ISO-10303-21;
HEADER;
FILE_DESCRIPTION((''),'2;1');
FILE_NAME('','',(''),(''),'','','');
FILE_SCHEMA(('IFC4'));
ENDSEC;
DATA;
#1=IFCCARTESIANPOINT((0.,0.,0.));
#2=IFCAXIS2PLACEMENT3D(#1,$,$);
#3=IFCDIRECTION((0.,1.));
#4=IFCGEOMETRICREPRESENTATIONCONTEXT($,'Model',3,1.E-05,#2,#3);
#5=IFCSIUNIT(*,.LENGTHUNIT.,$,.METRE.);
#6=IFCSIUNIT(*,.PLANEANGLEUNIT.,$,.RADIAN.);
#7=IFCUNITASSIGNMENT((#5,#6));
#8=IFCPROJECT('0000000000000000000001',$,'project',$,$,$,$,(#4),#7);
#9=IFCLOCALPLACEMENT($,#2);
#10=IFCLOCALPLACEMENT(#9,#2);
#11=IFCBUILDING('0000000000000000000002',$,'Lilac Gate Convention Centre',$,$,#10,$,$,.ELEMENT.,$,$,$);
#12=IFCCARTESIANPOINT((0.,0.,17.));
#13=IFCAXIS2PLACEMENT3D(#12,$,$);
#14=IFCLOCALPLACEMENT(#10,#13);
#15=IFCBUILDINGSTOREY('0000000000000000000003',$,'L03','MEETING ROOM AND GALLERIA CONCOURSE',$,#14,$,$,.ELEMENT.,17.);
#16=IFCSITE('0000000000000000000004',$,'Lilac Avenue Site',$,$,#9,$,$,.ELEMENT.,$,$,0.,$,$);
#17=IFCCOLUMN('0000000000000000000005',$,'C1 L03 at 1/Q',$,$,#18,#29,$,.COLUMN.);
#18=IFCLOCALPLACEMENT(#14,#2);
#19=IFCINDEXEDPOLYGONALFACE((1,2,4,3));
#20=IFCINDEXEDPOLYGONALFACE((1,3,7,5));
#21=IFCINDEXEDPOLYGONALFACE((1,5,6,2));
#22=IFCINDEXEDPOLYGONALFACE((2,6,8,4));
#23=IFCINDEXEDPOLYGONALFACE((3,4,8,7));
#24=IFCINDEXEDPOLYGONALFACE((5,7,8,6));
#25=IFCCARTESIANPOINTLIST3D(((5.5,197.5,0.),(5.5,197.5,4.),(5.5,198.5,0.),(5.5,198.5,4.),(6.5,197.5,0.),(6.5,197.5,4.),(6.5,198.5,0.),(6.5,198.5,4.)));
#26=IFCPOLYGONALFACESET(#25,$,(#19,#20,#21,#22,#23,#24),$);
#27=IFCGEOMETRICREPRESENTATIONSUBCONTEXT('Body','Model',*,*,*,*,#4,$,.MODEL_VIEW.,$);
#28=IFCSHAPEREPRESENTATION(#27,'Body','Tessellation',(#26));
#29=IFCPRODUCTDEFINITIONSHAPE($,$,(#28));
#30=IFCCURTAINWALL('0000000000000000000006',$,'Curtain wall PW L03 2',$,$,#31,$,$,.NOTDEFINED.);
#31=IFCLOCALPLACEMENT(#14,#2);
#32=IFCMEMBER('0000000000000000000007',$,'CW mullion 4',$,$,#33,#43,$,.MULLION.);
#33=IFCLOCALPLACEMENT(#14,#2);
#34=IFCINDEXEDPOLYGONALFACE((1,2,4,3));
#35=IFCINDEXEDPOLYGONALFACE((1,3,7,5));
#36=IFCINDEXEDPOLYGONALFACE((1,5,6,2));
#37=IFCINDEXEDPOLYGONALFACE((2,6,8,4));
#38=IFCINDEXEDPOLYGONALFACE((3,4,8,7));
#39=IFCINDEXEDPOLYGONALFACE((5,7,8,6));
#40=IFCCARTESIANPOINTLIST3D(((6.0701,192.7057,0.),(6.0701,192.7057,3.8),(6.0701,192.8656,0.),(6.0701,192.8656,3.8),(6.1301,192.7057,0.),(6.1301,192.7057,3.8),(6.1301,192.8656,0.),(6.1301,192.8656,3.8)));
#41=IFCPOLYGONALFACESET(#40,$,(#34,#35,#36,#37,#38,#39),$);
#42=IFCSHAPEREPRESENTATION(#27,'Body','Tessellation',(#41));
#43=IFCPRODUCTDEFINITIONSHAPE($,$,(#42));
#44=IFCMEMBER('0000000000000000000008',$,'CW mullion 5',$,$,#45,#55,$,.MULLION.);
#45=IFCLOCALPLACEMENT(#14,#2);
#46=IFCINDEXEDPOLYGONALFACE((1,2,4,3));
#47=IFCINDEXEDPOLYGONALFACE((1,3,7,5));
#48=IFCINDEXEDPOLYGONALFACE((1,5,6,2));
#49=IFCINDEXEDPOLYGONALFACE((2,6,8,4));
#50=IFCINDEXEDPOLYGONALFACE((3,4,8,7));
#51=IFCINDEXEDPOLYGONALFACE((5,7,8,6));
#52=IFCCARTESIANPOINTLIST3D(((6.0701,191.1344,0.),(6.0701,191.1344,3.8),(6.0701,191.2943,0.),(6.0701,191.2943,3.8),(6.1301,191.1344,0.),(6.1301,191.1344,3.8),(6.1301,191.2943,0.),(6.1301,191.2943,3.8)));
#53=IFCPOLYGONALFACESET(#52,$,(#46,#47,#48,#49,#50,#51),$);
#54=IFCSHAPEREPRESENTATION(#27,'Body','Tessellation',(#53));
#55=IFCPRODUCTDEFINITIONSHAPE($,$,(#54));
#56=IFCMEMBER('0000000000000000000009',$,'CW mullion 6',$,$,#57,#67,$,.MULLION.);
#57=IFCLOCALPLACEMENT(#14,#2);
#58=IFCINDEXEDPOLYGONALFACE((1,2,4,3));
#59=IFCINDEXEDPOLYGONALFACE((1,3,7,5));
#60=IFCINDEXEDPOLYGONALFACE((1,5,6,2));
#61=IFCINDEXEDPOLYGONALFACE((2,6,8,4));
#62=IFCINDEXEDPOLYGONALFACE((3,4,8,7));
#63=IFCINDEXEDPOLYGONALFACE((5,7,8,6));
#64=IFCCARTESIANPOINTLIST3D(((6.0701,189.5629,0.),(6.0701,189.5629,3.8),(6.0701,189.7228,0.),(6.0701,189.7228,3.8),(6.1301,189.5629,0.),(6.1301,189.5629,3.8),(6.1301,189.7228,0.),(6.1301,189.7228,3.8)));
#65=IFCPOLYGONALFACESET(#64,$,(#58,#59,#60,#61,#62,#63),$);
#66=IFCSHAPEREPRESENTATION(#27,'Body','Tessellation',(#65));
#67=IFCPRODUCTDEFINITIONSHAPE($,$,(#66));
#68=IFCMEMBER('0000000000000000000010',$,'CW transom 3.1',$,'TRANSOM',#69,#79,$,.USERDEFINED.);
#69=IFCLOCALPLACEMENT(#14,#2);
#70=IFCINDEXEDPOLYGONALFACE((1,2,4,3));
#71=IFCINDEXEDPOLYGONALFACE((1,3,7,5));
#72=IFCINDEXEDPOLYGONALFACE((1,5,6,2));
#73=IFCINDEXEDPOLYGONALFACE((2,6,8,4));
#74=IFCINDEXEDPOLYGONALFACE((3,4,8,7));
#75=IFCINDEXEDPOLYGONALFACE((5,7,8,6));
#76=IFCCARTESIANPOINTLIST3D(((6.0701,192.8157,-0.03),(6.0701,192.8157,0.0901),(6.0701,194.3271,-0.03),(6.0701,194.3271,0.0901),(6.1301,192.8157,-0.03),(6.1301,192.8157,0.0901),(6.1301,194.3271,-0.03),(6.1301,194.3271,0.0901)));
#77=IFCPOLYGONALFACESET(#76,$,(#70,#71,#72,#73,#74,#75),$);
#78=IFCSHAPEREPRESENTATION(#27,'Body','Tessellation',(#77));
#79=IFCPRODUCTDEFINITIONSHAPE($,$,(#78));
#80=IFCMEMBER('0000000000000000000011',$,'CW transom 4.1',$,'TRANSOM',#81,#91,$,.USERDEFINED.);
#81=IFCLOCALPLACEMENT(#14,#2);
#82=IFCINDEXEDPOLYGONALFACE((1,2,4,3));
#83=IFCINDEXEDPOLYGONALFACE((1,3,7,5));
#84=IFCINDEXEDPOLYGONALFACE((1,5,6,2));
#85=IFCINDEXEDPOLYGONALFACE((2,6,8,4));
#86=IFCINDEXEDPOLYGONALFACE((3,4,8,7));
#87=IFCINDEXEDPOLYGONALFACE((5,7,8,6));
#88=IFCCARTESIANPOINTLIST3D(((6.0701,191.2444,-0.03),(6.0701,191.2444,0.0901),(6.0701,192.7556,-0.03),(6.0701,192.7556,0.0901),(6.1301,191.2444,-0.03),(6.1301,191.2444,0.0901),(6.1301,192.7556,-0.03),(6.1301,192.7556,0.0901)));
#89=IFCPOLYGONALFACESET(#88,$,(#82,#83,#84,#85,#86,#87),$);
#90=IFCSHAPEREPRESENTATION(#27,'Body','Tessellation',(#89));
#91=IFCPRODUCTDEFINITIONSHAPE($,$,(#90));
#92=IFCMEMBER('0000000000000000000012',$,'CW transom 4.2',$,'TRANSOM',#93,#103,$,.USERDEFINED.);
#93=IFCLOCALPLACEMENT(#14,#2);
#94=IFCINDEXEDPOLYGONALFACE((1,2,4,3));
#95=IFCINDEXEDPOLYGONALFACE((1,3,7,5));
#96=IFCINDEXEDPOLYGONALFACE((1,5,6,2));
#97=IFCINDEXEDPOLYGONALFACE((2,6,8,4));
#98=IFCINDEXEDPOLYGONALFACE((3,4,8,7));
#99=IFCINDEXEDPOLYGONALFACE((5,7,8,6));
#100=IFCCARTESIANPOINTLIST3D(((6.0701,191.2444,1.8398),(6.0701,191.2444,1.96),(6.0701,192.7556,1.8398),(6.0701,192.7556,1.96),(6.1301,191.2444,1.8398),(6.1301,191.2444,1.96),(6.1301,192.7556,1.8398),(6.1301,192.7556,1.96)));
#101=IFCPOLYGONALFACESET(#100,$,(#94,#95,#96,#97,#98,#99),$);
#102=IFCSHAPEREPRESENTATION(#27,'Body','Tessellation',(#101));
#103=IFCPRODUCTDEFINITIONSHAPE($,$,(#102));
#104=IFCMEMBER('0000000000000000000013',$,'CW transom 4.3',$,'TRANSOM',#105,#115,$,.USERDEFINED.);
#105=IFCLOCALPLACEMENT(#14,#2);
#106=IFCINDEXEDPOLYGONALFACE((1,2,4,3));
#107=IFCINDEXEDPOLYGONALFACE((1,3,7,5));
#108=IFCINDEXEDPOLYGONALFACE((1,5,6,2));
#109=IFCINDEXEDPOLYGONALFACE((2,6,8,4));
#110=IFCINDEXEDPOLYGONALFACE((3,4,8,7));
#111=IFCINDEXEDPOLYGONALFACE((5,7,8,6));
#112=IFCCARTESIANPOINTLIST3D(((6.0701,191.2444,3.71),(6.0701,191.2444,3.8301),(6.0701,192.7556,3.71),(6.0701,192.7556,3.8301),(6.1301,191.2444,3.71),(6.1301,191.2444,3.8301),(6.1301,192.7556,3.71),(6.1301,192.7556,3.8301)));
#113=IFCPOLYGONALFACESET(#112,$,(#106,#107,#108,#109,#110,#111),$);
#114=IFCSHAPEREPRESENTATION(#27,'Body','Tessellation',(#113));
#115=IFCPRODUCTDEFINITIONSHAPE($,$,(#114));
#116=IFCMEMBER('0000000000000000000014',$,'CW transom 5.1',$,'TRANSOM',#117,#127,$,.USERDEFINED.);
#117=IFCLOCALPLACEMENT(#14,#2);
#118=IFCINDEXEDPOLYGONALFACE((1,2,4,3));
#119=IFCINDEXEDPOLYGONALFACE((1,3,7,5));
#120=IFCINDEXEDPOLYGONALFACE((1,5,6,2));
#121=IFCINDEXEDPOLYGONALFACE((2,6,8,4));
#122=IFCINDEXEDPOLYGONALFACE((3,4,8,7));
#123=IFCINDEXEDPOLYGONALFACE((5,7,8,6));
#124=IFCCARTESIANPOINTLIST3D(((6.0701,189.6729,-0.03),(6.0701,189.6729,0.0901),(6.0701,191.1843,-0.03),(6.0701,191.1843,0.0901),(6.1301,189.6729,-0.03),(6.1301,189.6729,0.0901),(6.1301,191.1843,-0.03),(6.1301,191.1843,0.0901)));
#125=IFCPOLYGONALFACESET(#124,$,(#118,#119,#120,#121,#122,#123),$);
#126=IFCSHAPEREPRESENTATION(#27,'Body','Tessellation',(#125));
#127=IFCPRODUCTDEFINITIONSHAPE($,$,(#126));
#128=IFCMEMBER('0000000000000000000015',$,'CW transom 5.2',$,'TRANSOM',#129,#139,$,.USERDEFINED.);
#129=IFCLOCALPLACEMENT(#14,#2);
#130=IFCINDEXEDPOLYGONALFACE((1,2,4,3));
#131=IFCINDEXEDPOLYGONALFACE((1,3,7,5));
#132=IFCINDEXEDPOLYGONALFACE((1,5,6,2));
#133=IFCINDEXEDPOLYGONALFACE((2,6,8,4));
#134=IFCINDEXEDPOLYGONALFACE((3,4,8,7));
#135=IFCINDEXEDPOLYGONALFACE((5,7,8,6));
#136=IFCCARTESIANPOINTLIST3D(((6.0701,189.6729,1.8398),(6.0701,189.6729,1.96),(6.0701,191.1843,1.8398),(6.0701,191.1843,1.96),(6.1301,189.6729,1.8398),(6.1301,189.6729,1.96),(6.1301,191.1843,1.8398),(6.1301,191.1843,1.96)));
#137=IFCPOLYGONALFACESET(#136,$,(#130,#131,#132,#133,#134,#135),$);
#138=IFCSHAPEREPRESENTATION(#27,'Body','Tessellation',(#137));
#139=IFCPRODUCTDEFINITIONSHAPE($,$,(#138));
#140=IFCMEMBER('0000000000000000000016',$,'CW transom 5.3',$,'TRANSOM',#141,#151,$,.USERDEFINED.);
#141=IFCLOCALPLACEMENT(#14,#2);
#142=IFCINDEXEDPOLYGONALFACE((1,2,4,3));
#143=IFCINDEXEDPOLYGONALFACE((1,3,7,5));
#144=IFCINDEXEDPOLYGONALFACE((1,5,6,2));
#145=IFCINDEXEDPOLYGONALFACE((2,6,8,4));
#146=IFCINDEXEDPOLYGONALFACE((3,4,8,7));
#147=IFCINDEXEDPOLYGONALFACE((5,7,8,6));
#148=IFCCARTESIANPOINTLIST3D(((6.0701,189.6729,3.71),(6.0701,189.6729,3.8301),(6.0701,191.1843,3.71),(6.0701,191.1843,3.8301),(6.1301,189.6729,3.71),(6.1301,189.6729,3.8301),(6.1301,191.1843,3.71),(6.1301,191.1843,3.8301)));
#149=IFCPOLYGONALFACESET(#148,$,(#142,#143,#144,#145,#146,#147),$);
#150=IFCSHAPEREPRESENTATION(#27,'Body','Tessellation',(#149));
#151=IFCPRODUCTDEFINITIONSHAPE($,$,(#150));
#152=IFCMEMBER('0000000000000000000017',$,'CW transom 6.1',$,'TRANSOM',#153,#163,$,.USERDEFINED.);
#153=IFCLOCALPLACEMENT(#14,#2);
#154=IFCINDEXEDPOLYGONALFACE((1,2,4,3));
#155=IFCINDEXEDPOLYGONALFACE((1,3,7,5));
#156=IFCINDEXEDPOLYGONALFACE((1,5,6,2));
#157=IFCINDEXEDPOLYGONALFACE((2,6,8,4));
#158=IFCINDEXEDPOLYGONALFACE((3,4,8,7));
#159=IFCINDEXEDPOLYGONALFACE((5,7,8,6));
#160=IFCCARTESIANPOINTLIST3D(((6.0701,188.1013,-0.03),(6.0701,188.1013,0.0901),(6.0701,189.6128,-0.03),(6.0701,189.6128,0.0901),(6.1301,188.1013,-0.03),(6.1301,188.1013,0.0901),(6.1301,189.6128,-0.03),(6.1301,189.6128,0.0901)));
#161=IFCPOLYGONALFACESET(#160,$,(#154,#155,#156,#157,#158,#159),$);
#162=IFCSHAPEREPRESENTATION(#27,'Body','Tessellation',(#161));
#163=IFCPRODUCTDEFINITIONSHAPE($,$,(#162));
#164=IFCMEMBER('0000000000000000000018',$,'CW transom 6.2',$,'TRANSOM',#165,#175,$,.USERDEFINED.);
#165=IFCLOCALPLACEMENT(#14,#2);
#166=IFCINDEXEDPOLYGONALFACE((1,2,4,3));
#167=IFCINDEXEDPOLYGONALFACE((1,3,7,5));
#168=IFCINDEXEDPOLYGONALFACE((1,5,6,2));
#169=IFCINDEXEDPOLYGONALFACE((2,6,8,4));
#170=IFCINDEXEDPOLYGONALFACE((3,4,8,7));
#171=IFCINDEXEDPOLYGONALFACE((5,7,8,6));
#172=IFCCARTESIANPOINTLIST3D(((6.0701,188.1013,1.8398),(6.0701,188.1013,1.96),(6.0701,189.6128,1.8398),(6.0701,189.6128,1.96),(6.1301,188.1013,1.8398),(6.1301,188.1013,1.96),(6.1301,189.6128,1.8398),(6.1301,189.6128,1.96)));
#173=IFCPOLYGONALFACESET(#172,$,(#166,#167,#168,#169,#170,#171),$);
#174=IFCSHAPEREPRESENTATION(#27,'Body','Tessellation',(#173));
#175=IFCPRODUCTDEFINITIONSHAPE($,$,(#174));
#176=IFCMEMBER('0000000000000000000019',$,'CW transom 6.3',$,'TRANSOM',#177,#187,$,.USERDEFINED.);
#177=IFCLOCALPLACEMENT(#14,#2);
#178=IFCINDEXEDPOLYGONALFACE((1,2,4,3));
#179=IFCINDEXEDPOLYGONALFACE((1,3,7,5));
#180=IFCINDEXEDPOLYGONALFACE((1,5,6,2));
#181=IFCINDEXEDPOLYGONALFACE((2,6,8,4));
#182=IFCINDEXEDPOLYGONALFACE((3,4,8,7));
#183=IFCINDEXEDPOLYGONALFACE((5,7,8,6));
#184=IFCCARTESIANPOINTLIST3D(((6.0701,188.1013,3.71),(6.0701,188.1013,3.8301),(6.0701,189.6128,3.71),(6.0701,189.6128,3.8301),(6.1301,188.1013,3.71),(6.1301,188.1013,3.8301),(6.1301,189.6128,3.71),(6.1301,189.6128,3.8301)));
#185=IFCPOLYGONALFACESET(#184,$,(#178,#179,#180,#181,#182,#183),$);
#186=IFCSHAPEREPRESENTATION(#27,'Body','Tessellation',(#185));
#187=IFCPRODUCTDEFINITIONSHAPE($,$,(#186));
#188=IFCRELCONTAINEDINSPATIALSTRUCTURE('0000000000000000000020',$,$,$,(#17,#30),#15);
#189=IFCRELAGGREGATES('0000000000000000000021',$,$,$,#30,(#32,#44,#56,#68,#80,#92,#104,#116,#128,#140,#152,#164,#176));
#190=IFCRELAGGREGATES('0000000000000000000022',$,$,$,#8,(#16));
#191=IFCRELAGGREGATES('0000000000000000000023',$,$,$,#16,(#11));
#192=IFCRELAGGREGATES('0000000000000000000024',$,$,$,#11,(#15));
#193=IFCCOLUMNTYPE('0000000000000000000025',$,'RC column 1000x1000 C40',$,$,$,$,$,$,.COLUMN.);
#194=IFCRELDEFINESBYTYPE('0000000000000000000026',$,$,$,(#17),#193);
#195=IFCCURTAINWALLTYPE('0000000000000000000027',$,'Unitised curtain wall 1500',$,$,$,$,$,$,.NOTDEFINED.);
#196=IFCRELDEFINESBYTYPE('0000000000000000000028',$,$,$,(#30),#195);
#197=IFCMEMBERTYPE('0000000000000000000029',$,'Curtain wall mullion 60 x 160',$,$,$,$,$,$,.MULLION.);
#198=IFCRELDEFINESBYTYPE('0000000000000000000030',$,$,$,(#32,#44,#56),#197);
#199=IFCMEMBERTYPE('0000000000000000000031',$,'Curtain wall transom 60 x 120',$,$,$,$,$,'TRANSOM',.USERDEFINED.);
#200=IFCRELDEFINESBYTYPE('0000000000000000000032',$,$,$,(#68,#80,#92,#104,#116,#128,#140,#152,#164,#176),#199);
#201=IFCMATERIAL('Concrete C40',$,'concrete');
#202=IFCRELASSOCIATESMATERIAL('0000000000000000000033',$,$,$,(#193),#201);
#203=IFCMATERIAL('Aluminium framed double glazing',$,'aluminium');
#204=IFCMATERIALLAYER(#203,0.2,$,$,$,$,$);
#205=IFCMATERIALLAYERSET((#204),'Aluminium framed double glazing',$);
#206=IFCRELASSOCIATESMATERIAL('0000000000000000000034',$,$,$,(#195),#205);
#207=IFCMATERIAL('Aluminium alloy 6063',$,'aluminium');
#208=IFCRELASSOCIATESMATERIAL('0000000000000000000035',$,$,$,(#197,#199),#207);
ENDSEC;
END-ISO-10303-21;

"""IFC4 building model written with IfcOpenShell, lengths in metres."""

from ifc_helpers import new_model, si_unit, direction, frame, origin, origin_2d, place, context, subcontext, project, spatial, rectangle, extrude, material, layer, layer_set, material_profile, profile_set, type_object, element, aggregate, save


model = new_model("IFC4")

# Units and contexts
model_context = context("Model", 3, precision=1e-05, world=origin(), true_north=direction((0.0, 1.0)))
body_context = subcontext(model_context, "Body", "Model", "MODEL_VIEW")
ifc_project = project(units=[si_unit("LENGTHUNIT", "METRE"), si_unit("PLANEANGLEUNIT", "RADIAN")], contexts=[model_context])

# Site, building, storey
site_placement = place(None, origin())
site = spatial("IfcSite", under=ifc_project, at=site_placement, Name="Lilac Avenue Site", CompositionType="ELEMENT", RefElevation=0.0)
building_placement = place(site_placement, origin())
building = spatial("IfcBuilding", under=site, at=building_placement, Name="Lilac Gate Convention Centre", CompositionType="ELEMENT")
storey_placement = place(building_placement, frame((0.0, 0.0, 17.0)))
storey = spatial("IfcBuildingStorey", under=building, at=storey_placement, Name="L03", Description="MEETING ROOM AND GALLERIA CONCOURSE", CompositionType="ELEMENT", Elevation=17.0)

# Column
ifc_material_1 = material(Name="Concrete C40", Category="concrete")
ifc_material_profile_1 = material_profile(ifc_material_1, rectangle(XDim=1.0, YDim=1.0, at=origin_2d()), Name="RC 1000x1000")
ifc_profile_set_1 = profile_set([ifc_material_profile_1], Name="Concrete C40")
column_type = type_object("IfcColumnType", Name="RC column 1000x1000 C40", PredefinedType="COLUMN", material=ifc_profile_set_1)
column_placement = place(storey_placement, frame((6.0, 198.0, 0.0), z_axis=(0.0, 0.0, 1.0), x_axis=(1.0, 0.0, 0.0)))
element("IfcColumn", 1, at=column_placement, inside=storey, type_object=column_type, Name="C1 L03 at 1/Q", PredefinedType="COLUMN", context=body_context, shape_type="SweptSolid", body=[
    extrude(rectangle(XDim=1.0, YDim=1.0, at=origin_2d()), origin(), (0.0, 0.0, 1.0), 4.0),
])

# Curtain wall, members
ifc_material_2 = material(Name="Aluminium framed double glazing", Category="aluminium")
ifc_layer_1 = layer(ifc_material_2, 0.2)
ifc_layer_set_1 = layer_set([ifc_layer_1], Name="Aluminium framed double glazing")
curtain_wall_type = type_object("IfcCurtainWallType", Name="Unitised curtain wall 1500", PredefinedType="NOTDEFINED", material=ifc_layer_set_1)
curtain_wall_placement = place(storey_placement, origin())
curtain_wall = element("IfcCurtainWall", 2, at=curtain_wall_placement, inside=storey, type_object=curtain_wall_type, Name="Curtain wall PW L03 2", PredefinedType="NOTDEFINED")
ifc_material_3 = material(Name="Aluminium alloy 6063", Category="aluminium")
ifc_material_profile_2 = material_profile(ifc_material_3, rectangle(XDim=0.0601, YDim=0.1599, at=origin_2d()), Name="Curtain wall mullion 60 x 160")
ifc_profile_set_2 = profile_set([ifc_material_profile_2], Name="Aluminium alloy 6063")
member_type_1 = type_object("IfcMemberType", Name="Curtain wall mullion 60 x 160", PredefinedType="MULLION", material=ifc_profile_set_2)
member_1_placement = place(storey_placement, frame((6.1001, 192.7856, 0.0), z_axis=(0.0, 0.0, 1.0), x_axis=(1.0, 0.0, 0.0)))
member_1 = element("IfcMember", 3, at=member_1_placement, type_object=member_type_1, Name="CW mullion 4", PredefinedType="MULLION", context=body_context, shape_type="SweptSolid", body=[
    extrude(rectangle(XDim=0.0601, YDim=0.1599, at=origin_2d()), origin(), (0.0, 0.0, 1.0), 3.8),
])
member_2_placement = place(storey_placement, frame((6.1001, 191.2144, 0.0), z_axis=(0.0, 0.0, 1.0), x_axis=(1.0, 0.0, 0.0)))
member_2 = element("IfcMember", 4, at=member_2_placement, type_object=member_type_1, Name="CW mullion 5", PredefinedType="MULLION", context=body_context, shape_type="SweptSolid", body=[
    extrude(rectangle(XDim=0.0601, YDim=0.1599, at=origin_2d()), origin(), (0.0, 0.0, 1.0), 3.8),
])
member_3_placement = place(storey_placement, frame((6.1001, 189.6428, 0.0), z_axis=(0.0, 0.0, 1.0), x_axis=(1.0, 0.0, 0.0)))
member_3 = element("IfcMember", 5, at=member_3_placement, type_object=member_type_1, Name="CW mullion 6", PredefinedType="MULLION", context=body_context, shape_type="SweptSolid", body=[
    extrude(rectangle(XDim=0.0601, YDim=0.1599, at=origin_2d()), origin(), (0.0, 0.0, 1.0), 3.8),
])
ifc_material_profile_3 = material_profile(ifc_material_3, rectangle(XDim=0.0601, YDim=0.1201, at=origin_2d()), Name="Curtain wall transom 60 x 120")
ifc_profile_set_3 = profile_set([ifc_material_profile_3], Name="Aluminium alloy 6063")
member_type_2 = type_object("IfcMemberType", Name="Curtain wall transom 60 x 120", ElementType="TRANSOM", PredefinedType="USERDEFINED", material=ifc_profile_set_3)
member_4_placement = place(storey_placement, frame((6.1001, 194.3271, 0.03), z_axis=(0.0, -1.0, 0.0), x_axis=(1.0, 0.0, 0.0)))
member_4 = element("IfcMember", 6, at=member_4_placement, type_object=member_type_2, Name="CW transom 3.1", ObjectType="TRANSOM", PredefinedType="USERDEFINED", context=body_context, shape_type="SweptSolid", body=[
    extrude(rectangle(XDim=0.0601, YDim=0.1201, at=origin_2d()), origin(), (0.0, 0.0, 1.0), 1.5115),
])
member_5_placement = place(storey_placement, frame((6.1001, 192.7556, 0.03), z_axis=(0.0, -1.0, 0.0), x_axis=(1.0, 0.0, 0.0)))
member_5 = element("IfcMember", 7, at=member_5_placement, type_object=member_type_2, Name="CW transom 4.1", ObjectType="TRANSOM", PredefinedType="USERDEFINED", context=body_context, shape_type="SweptSolid", body=[
    extrude(rectangle(XDim=0.0601, YDim=0.1201, at=origin_2d()), origin(), (0.0, 0.0, 1.0), 1.5112),
])
member_6_placement = place(storey_placement, frame((6.1001, 192.7556, 1.8999), z_axis=(0.0, -1.0, 0.0), x_axis=(1.0, 0.0, 0.0)))
member_6 = element("IfcMember", 8, at=member_6_placement, type_object=member_type_2, Name="CW transom 4.2", ObjectType="TRANSOM", PredefinedType="USERDEFINED", context=body_context, shape_type="SweptSolid", body=[
    extrude(rectangle(XDim=0.0601, YDim=0.1201, at=origin_2d()), origin(), (0.0, 0.0, 1.0), 1.5112),
])
member_7_placement = place(storey_placement, frame((6.1001, 192.7556, 3.77), z_axis=(0.0, -1.0, 0.0), x_axis=(1.0, 0.0, 0.0)))
member_7 = element("IfcMember", 9, at=member_7_placement, type_object=member_type_2, Name="CW transom 4.3", ObjectType="TRANSOM", PredefinedType="USERDEFINED", context=body_context, shape_type="SweptSolid", body=[
    extrude(rectangle(XDim=0.0601, YDim=0.1201, at=origin_2d()), origin(), (0.0, 0.0, 1.0), 1.5112),
])
member_8_placement = place(storey_placement, frame((6.1001, 191.1843, 0.03), z_axis=(0.0, -1.0, 0.0), x_axis=(1.0, 0.0, 0.0)))
member_8 = element("IfcMember", 10, at=member_8_placement, type_object=member_type_2, Name="CW transom 5.1", ObjectType="TRANSOM", PredefinedType="USERDEFINED", context=body_context, shape_type="SweptSolid", body=[
    extrude(rectangle(XDim=0.0601, YDim=0.1201, at=origin_2d()), origin(), (0.0, 0.0, 1.0), 1.5115),
])
member_9_placement = place(storey_placement, frame((6.1001, 191.1843, 1.8999), z_axis=(0.0, -1.0, 0.0), x_axis=(1.0, 0.0, 0.0)))
member_9 = element("IfcMember", 11, at=member_9_placement, type_object=member_type_2, Name="CW transom 5.2", ObjectType="TRANSOM", PredefinedType="USERDEFINED", context=body_context, shape_type="SweptSolid", body=[
    extrude(rectangle(XDim=0.0601, YDim=0.1201, at=origin_2d()), origin(), (0.0, 0.0, 1.0), 1.5115),
])
member_10_placement = place(storey_placement, frame((6.1001, 191.1843, 3.77), z_axis=(0.0, -1.0, 0.0), x_axis=(1.0, 0.0, 0.0)))
member_10 = element("IfcMember", 12, at=member_10_placement, type_object=member_type_2, Name="CW transom 5.3", ObjectType="TRANSOM", PredefinedType="USERDEFINED", context=body_context, shape_type="SweptSolid", body=[
    extrude(rectangle(XDim=0.0601, YDim=0.1201, at=origin_2d()), origin(), (0.0, 0.0, 1.0), 1.5115),
])
member_11_placement = place(storey_placement, frame((6.1001, 189.6128, 0.03), z_axis=(0.0, -1.0, 0.0), x_axis=(1.0, 0.0, 0.0)))
member_11 = element("IfcMember", 13, at=member_11_placement, type_object=member_type_2, Name="CW transom 6.1", ObjectType="TRANSOM", PredefinedType="USERDEFINED", context=body_context, shape_type="SweptSolid", body=[
    extrude(rectangle(XDim=0.0601, YDim=0.1201, at=origin_2d()), origin(), (0.0, 0.0, 1.0), 1.5115),
])
member_12_placement = place(storey_placement, frame((6.1001, 189.6128, 1.8999), z_axis=(0.0, -1.0, 0.0), x_axis=(1.0, 0.0, 0.0)))
member_12 = element("IfcMember", 14, at=member_12_placement, type_object=member_type_2, Name="CW transom 6.2", ObjectType="TRANSOM", PredefinedType="USERDEFINED", context=body_context, shape_type="SweptSolid", body=[
    extrude(rectangle(XDim=0.0601, YDim=0.1201, at=origin_2d()), origin(), (0.0, 0.0, 1.0), 1.5115),
])
member_13_placement = place(storey_placement, frame((6.1001, 189.6128, 3.77), z_axis=(0.0, -1.0, 0.0), x_axis=(1.0, 0.0, 0.0)))
member_13 = element("IfcMember", 15, at=member_13_placement, type_object=member_type_2, Name="CW transom 6.3", ObjectType="TRANSOM", PredefinedType="USERDEFINED", context=body_context, shape_type="SweptSolid", body=[
    extrude(rectangle(XDim=0.0601, YDim=0.1201, at=origin_2d()), origin(), (0.0, 0.0, 1.0), 1.5115),
])
aggregate(curtain_wall, [member_1, member_2, member_3, member_4, member_5, member_6, member_7, member_8, member_9, member_10, member_11, member_12, member_13])

save(model, "model.ifc")
